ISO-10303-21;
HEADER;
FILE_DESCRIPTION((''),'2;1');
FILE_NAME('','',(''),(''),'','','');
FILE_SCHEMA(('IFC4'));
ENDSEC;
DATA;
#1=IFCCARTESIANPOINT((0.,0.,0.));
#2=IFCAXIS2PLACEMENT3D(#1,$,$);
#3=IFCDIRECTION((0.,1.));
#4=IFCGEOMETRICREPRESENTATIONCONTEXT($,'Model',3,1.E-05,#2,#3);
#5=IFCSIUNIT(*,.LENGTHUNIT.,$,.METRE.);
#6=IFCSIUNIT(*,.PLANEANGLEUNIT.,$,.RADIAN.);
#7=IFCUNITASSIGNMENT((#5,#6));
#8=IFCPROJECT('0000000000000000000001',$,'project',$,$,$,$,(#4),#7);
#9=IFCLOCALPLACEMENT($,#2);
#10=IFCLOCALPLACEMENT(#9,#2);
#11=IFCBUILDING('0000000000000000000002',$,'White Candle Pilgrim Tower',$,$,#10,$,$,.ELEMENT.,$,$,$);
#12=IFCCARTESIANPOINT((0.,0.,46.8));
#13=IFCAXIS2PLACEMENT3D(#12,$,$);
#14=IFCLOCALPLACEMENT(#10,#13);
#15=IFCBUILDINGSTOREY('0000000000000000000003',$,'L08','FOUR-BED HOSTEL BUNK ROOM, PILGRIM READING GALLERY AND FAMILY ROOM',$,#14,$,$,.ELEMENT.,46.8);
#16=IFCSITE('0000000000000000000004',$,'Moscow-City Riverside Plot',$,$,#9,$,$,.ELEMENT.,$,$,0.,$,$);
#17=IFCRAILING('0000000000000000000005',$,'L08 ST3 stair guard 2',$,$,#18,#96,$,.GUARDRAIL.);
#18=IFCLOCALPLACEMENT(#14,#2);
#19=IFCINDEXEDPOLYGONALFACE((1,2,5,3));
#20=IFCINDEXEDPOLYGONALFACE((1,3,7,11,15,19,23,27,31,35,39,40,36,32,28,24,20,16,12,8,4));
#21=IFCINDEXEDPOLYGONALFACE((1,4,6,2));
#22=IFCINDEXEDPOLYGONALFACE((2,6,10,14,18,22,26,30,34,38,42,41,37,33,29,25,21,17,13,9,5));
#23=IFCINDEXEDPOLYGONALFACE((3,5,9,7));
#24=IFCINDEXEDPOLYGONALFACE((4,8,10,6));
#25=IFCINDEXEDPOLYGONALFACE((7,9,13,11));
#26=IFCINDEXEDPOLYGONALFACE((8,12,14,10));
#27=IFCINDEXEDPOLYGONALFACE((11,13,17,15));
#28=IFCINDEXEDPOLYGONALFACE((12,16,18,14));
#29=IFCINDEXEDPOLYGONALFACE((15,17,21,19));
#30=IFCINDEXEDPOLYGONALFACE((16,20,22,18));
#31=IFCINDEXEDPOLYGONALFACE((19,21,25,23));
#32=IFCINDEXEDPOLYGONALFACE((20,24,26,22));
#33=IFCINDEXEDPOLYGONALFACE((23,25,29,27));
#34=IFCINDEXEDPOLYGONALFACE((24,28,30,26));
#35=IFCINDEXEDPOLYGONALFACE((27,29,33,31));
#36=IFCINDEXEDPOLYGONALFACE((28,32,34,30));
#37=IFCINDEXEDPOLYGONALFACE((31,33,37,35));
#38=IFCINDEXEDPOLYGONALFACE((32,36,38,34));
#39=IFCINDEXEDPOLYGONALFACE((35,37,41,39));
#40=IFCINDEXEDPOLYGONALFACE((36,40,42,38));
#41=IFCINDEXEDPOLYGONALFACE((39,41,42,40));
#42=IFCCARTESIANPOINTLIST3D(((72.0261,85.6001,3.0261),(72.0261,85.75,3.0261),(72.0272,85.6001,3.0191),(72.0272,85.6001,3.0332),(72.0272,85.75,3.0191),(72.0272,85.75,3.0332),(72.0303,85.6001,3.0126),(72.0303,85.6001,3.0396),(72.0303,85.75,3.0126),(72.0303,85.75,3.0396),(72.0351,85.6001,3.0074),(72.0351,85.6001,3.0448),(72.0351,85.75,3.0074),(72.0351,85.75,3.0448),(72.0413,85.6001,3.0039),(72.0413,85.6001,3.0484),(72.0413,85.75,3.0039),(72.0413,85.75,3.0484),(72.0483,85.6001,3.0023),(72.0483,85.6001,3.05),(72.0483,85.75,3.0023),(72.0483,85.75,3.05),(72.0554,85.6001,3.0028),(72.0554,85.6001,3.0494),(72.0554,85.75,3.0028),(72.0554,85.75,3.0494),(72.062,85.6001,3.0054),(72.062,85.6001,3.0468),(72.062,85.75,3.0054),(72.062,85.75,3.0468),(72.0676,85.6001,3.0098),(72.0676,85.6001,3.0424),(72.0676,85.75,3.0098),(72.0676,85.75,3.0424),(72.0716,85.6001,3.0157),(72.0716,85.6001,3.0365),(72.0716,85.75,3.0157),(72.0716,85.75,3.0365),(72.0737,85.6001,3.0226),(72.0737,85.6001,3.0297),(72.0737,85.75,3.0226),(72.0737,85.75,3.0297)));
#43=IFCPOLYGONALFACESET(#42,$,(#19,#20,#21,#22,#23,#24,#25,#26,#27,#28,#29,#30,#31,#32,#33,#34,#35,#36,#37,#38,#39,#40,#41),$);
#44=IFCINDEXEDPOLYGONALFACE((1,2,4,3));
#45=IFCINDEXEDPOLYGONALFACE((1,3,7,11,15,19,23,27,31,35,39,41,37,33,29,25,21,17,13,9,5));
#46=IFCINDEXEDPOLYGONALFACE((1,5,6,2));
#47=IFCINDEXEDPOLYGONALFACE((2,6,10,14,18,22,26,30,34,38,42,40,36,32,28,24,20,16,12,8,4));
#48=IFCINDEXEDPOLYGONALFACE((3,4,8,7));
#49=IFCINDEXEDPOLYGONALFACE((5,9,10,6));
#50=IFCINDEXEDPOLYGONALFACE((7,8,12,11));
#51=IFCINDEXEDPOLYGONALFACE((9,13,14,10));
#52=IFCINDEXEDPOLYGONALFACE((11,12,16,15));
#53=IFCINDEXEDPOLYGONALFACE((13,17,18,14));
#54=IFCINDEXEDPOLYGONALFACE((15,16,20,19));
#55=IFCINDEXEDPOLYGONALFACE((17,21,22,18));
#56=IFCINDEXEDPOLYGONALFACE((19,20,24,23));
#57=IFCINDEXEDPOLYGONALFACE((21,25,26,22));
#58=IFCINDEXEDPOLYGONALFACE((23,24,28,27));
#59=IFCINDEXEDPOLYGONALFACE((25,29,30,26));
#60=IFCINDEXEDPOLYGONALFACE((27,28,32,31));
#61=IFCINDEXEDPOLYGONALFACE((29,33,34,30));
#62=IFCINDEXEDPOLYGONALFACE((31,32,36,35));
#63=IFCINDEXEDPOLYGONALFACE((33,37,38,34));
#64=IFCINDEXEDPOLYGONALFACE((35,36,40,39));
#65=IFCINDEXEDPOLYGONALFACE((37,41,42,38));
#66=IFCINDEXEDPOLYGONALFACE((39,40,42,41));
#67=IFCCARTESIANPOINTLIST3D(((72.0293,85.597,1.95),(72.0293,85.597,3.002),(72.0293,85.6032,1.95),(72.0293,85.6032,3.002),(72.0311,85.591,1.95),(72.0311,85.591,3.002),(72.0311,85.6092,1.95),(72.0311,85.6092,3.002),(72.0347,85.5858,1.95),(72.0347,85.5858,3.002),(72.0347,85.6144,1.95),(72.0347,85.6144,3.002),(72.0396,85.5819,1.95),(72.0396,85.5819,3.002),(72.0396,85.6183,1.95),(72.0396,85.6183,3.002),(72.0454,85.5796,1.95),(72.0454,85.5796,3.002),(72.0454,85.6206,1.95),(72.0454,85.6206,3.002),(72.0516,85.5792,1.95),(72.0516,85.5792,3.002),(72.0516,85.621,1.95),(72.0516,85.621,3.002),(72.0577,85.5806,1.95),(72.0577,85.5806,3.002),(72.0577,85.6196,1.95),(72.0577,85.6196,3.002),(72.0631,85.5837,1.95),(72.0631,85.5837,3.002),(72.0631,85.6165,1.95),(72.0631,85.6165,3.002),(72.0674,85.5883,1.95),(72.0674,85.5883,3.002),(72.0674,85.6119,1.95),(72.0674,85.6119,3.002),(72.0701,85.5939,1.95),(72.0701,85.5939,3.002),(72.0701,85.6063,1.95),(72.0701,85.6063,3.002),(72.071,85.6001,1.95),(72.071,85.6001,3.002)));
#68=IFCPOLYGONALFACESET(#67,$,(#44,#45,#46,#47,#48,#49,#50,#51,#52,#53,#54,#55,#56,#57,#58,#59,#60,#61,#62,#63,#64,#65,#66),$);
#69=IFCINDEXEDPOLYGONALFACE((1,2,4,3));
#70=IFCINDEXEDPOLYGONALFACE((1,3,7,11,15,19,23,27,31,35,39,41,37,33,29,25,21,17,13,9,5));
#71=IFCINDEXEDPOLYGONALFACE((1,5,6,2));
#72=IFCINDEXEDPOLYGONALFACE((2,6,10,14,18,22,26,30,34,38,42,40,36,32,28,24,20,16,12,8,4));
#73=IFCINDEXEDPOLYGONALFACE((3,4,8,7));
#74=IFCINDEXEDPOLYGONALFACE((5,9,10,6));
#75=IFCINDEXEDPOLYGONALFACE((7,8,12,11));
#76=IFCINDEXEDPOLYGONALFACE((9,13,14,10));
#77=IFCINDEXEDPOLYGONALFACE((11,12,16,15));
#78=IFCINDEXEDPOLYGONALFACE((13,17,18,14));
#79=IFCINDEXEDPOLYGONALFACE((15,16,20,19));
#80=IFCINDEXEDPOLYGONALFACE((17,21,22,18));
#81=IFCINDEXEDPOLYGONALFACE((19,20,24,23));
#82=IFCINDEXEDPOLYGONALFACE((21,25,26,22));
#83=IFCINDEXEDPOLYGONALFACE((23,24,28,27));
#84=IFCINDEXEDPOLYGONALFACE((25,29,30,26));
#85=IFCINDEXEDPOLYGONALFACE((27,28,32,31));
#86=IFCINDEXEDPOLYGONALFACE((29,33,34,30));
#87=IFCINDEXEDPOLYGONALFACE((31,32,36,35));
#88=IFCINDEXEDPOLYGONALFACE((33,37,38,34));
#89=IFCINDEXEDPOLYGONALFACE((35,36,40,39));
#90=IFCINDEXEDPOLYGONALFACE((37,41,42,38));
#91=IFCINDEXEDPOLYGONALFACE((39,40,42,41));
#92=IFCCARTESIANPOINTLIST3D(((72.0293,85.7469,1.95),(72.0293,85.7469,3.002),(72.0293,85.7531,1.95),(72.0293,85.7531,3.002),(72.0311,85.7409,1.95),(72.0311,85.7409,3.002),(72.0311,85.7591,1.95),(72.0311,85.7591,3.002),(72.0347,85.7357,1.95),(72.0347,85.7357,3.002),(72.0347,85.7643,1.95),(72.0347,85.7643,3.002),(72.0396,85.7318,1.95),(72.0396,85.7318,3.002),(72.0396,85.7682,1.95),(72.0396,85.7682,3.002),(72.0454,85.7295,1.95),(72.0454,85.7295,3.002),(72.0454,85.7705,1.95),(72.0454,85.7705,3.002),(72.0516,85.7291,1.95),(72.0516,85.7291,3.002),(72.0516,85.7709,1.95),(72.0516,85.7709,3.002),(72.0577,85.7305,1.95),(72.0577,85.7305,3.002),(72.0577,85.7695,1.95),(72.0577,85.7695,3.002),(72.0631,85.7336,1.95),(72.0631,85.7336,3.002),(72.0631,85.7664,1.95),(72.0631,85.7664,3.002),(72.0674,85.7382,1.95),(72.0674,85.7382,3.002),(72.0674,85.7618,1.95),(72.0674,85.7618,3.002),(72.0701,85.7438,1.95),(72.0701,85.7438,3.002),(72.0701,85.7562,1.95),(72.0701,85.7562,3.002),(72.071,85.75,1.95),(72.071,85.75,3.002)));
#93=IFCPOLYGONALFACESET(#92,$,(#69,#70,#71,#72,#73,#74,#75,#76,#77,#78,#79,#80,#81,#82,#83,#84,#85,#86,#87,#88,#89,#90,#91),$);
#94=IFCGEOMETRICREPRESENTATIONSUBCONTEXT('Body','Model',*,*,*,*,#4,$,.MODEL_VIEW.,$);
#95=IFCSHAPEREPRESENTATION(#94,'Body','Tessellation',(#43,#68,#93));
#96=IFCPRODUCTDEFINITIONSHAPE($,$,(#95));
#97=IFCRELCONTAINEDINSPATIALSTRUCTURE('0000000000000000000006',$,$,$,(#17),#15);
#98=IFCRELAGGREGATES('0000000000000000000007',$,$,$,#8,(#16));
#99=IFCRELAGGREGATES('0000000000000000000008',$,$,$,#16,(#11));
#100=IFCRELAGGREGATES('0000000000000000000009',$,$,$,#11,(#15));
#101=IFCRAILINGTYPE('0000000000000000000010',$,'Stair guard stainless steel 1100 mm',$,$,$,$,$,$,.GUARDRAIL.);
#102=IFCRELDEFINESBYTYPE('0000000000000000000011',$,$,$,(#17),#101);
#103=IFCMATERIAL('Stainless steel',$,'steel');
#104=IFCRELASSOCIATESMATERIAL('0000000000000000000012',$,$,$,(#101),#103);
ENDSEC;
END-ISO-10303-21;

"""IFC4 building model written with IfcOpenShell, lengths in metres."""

from ifc_helpers import new_model, si_unit, direction, frame, origin, origin_2d, place, context, subcontext, project, spatial, circle, extrude, material, type_object, element, save


model = new_model("IFC4")

# Units and contexts
model_context = context("Model", 3, precision=1e-05, world=origin(), true_north=direction((0.0, 1.0)))
body_context = subcontext(model_context, "Body", "Model", "MODEL_VIEW")
ifc_project = project(units=[si_unit("LENGTHUNIT", "METRE"), si_unit("PLANEANGLEUNIT", "RADIAN")], contexts=[model_context])

# Site, building, storey
site_placement = place(None, origin())
site = spatial("IfcSite", under=ifc_project, at=site_placement, Name="Moscow-City Riverside Plot", CompositionType="ELEMENT", RefElevation=0.0)
building_placement = place(site_placement, origin())
building = spatial("IfcBuilding", under=site, at=building_placement, Name="White Candle Pilgrim Tower", CompositionType="ELEMENT")
storey_placement = place(building_placement, frame((0.0, 0.0, 46.8)))
storey = spatial("IfcBuildingStorey", under=building, at=storey_placement, Name="L08", Description="FOUR-BED HOSTEL BUNK ROOM, PILGRIM READING GALLERY AND FAMILY ROOM", CompositionType="ELEMENT", Elevation=46.8)

# Railing
ifc_material_1 = material(Name="Stainless steel", Category="steel")
railing_type_1 = type_object("IfcRailingType", Name="Stair guard stainless steel 1100 mm", PredefinedType="GUARDRAIL", material=ifc_material_1)
railing_1_placement = place(storey_placement, frame((72.05, 85.6001, 1.95)))
element("IfcRailing", 1, at=railing_1_placement, inside=storey, type_object=railing_type_1, Name="L08 ST3 stair guard 2", PredefinedType="GUARDRAIL", context=body_context, shape_type="SweptSolid", body=[
    extrude(circle(Radius=0.0239, at=origin_2d()), frame((0.0, 0.0, 1.0762), z_axis=(0.0, 1.0, 0.0), x_axis=(-1.0, 0.0, 0.0)), (0.0, 0.0, 1.0), 0.1499),
    extrude(circle(Radius=0.021, at=origin_2d()), origin(), (0.0, 0.0, 1.0), 1.052),
    extrude(circle(Radius=0.021, at=origin_2d()), frame((0.0, 0.1499, 0.0)), (0.0, 0.0, 1.0), 1.052),
])

save(model, "model.ifc")
